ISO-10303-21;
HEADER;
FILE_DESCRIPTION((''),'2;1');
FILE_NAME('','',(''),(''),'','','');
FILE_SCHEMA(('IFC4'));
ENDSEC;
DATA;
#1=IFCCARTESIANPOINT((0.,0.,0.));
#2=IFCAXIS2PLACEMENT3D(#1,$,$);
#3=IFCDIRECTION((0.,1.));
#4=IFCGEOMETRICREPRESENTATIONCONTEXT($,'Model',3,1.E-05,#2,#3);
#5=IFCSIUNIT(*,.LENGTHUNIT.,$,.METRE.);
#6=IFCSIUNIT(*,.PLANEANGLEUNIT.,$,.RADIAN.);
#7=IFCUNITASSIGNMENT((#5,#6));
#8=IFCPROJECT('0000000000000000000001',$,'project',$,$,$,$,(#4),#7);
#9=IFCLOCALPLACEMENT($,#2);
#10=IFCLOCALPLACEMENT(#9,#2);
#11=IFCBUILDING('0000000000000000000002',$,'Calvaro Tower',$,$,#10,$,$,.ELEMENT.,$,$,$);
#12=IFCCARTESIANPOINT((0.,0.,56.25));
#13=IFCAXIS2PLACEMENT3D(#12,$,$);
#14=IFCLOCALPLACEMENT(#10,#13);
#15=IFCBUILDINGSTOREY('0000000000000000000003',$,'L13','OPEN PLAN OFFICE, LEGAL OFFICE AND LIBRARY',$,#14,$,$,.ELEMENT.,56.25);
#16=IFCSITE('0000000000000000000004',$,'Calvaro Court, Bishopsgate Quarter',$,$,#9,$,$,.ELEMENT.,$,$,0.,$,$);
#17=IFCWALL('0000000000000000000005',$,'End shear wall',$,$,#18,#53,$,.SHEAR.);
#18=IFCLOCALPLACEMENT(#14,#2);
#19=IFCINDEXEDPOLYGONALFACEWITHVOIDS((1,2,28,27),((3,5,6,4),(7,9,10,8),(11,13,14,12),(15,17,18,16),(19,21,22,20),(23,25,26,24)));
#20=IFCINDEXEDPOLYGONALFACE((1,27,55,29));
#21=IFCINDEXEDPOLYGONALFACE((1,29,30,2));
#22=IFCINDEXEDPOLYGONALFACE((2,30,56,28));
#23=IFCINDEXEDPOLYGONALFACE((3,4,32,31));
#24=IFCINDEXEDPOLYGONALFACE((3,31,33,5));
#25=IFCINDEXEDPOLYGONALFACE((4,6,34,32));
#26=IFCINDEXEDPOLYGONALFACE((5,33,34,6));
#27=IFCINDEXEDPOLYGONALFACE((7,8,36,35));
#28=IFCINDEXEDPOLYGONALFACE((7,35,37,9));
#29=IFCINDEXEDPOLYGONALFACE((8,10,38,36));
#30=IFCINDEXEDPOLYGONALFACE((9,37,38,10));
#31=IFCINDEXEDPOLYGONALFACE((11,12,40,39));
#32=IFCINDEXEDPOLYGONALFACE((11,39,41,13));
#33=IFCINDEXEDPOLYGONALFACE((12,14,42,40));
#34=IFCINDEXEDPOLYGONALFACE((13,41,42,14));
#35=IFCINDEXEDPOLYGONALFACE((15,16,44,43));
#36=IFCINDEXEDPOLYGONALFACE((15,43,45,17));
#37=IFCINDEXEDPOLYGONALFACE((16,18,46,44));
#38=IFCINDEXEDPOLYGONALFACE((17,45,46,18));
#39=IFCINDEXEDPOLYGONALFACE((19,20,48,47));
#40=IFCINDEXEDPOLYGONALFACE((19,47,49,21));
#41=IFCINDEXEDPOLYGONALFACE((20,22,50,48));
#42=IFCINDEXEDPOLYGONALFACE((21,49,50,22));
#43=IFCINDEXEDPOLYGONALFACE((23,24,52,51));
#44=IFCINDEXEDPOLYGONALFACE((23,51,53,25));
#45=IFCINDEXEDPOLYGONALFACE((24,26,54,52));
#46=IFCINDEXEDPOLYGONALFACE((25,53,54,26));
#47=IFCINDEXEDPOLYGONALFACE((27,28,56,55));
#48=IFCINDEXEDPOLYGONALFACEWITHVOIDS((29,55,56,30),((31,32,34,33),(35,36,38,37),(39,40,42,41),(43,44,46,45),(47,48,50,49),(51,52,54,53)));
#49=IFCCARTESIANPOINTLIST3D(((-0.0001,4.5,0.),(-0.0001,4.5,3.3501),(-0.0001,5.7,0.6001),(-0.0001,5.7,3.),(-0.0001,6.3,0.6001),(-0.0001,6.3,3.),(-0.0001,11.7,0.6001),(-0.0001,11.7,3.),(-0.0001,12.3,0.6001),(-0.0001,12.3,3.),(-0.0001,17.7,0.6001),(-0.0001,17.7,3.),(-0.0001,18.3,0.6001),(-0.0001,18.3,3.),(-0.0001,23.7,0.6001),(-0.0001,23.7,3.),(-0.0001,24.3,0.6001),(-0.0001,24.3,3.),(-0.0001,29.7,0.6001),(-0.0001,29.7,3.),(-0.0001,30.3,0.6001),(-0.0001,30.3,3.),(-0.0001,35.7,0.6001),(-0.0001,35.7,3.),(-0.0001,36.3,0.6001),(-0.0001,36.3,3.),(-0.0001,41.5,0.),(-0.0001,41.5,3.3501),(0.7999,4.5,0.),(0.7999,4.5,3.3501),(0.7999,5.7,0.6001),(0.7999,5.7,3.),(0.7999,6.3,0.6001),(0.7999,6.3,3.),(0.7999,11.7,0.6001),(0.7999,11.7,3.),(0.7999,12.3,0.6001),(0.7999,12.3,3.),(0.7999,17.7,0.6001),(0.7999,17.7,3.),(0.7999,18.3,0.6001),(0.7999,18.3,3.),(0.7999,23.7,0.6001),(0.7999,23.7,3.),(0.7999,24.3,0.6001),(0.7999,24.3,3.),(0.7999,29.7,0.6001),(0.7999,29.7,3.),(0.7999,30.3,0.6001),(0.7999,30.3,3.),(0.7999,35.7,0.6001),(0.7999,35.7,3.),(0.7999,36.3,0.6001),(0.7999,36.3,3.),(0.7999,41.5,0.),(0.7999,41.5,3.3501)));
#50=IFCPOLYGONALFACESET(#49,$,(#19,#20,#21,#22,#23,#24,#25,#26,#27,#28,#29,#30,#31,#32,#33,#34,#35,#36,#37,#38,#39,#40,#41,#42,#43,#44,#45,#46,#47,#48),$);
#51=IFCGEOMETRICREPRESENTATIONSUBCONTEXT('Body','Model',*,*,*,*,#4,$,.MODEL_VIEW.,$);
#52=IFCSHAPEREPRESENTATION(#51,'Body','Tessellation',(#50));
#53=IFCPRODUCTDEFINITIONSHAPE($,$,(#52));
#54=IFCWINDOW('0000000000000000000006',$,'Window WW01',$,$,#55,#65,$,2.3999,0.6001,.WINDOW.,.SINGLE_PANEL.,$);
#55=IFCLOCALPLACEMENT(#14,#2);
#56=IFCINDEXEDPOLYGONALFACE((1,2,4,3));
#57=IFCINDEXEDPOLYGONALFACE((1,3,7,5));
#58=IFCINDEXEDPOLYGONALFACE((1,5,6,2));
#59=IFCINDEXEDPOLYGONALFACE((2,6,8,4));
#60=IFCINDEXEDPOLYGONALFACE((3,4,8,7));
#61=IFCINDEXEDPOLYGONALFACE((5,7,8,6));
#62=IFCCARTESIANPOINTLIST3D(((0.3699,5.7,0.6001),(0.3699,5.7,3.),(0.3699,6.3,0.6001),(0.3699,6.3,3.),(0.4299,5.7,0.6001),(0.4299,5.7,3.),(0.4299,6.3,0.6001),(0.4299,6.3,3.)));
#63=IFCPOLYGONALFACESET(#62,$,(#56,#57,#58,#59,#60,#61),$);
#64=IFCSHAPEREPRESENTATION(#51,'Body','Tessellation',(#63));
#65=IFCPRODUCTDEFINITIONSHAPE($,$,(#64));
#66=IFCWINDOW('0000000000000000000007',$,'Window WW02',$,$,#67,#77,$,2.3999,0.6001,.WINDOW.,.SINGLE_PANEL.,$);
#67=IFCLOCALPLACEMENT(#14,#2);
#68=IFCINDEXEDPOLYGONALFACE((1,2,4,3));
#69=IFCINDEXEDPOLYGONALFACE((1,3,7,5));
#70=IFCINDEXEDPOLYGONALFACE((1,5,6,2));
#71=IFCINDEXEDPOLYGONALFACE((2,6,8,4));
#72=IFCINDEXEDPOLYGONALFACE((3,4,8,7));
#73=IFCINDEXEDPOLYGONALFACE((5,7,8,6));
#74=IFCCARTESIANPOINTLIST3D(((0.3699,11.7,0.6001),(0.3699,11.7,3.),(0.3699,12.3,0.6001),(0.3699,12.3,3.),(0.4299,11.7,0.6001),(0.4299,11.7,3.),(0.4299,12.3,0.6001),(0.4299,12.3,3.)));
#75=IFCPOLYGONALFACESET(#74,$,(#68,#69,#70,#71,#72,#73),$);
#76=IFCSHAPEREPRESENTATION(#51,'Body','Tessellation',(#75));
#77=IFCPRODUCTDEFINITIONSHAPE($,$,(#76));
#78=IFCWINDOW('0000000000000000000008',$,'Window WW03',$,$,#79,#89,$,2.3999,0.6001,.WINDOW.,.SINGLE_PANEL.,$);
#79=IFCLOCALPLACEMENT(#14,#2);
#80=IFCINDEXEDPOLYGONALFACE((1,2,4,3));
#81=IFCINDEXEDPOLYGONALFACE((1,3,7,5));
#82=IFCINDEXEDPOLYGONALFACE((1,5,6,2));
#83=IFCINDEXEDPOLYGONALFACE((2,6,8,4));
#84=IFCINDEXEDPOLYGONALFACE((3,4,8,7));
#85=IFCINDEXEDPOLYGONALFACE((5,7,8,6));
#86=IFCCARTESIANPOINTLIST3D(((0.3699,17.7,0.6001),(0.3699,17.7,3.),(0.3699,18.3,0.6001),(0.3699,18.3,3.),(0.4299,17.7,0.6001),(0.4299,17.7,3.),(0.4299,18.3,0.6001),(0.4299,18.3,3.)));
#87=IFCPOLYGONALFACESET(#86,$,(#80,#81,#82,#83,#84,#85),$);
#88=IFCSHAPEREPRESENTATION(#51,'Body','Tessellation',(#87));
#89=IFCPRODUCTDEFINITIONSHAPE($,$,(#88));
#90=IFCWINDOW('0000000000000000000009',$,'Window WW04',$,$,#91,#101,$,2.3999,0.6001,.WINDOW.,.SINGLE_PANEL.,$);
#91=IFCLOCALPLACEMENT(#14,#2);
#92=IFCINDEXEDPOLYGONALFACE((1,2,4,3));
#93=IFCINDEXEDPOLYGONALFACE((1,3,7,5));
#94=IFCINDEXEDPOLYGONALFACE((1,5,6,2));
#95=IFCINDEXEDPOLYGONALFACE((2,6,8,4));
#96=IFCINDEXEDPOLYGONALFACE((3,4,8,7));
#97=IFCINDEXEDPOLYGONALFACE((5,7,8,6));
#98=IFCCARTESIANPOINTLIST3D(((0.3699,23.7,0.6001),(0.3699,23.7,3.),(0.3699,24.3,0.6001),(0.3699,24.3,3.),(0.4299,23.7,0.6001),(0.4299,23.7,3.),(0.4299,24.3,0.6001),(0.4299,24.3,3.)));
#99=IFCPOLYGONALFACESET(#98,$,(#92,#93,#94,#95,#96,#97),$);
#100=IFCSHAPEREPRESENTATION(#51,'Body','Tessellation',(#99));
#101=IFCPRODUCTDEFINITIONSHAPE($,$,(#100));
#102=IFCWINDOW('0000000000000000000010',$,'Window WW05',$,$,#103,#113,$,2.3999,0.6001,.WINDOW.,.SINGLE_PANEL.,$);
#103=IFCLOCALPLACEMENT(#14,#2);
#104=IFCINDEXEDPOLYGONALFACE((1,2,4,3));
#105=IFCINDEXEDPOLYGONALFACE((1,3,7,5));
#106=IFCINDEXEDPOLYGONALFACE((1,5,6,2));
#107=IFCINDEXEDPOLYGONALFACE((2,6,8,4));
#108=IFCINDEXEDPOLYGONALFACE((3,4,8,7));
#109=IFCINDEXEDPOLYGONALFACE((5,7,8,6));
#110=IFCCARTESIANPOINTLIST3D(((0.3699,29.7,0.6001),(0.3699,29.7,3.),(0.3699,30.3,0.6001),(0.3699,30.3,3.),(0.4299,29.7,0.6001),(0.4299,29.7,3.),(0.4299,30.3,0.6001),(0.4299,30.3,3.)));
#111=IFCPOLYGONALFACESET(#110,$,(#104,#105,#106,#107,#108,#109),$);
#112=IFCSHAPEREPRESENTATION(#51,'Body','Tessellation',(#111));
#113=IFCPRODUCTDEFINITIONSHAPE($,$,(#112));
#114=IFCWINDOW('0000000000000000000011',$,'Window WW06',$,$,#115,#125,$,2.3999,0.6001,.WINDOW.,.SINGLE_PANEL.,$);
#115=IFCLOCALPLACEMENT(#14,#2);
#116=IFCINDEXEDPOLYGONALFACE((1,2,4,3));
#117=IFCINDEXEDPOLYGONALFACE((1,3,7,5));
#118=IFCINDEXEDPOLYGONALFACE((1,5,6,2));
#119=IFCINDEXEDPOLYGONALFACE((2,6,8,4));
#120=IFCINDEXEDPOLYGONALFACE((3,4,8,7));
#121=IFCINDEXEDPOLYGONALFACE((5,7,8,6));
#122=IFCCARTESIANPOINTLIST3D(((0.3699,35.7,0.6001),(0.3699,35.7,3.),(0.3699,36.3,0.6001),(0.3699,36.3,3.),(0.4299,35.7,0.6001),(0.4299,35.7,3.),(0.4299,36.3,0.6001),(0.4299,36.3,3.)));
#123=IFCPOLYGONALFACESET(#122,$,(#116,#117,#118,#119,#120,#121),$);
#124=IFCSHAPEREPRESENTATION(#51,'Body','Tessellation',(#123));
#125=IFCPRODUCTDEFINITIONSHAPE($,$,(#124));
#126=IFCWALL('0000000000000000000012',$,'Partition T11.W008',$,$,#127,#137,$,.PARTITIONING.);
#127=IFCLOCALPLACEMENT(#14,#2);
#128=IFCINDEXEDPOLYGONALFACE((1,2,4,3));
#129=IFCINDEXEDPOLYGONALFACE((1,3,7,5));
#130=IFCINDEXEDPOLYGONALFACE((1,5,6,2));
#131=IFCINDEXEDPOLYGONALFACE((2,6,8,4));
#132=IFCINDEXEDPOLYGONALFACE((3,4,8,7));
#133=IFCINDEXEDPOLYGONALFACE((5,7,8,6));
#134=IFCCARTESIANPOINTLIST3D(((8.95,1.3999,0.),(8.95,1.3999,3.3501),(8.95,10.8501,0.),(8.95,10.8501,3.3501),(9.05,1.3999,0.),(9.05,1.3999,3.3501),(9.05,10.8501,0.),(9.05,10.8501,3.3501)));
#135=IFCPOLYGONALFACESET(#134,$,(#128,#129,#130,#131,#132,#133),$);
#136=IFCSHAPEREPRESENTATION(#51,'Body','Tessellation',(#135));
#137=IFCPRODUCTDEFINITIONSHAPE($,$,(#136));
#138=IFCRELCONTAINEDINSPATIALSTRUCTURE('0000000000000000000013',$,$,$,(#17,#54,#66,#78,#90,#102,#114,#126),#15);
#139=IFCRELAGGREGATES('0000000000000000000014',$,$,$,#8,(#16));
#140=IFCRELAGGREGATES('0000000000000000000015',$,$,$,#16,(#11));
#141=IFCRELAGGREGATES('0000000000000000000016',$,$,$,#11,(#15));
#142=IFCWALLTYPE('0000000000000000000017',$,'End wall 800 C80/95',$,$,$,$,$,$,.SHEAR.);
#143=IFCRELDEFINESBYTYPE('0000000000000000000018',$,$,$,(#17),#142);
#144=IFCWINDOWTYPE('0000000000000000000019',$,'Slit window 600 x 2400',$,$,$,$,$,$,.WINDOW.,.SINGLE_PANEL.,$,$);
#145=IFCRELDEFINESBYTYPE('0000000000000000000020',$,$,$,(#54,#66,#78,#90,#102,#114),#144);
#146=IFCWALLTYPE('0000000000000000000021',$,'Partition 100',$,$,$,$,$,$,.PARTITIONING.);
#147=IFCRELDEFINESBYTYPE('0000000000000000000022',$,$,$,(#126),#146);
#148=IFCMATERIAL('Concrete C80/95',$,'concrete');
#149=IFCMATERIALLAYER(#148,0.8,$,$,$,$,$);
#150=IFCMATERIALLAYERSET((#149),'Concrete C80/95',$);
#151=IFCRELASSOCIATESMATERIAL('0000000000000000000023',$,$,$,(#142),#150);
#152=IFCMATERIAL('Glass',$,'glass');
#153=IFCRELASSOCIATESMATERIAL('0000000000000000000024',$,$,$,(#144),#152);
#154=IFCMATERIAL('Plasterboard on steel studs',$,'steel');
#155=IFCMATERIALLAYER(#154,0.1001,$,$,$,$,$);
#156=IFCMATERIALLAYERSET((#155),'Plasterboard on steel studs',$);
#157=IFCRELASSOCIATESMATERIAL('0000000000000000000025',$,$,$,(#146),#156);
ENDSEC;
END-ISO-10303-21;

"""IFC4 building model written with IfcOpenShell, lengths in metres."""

from ifc_helpers import new_model, si_unit, direction, frame, frame_2d, origin, place, context, subcontext, project, spatial, rectangle, extrude, material, layer, layer_set, type_object, element, fill, save


model = new_model("IFC4")

# Units and contexts
model_context = context("Model", 3, precision=1e-05, world=origin(), true_north=direction((0.0, 1.0)))
body_context = subcontext(model_context, "Body", "Model", "MODEL_VIEW")
ifc_project = project(units=[si_unit("LENGTHUNIT", "METRE"), si_unit("PLANEANGLEUNIT", "RADIAN")], contexts=[model_context])

# Site, building, storey
site_placement = place(None, origin())
site = spatial("IfcSite", under=ifc_project, at=site_placement, Name="Calvaro Court, Bishopsgate Quarter", CompositionType="ELEMENT", RefElevation=0.0)
building_placement = place(site_placement, origin())
building = spatial("IfcBuilding", under=site, at=building_placement, Name="Calvaro Tower", CompositionType="ELEMENT")
storey_placement = place(building_placement, frame((0.0, 0.0, 56.25)))
storey = spatial("IfcBuildingStorey", under=building, at=storey_placement, Name="L13", Description="OPEN PLAN OFFICE, LEGAL OFFICE AND LIBRARY", CompositionType="ELEMENT", Elevation=56.25)

# Wall, openings, windows
ifc_material_1 = material(Name="Concrete C80/95", Category="concrete")
ifc_layer_1 = layer(ifc_material_1, 0.8)
ifc_layer_set_1 = layer_set([ifc_layer_1], Name="Concrete C80/95")
wall_type_1 = type_object("IfcWallType", Name="End wall 800 C80/95", PredefinedType="SHEAR", material=ifc_layer_set_1)
wall_1_placement = place(storey_placement, frame((0.3999, 4.5, 0.0), z_axis=(0.0, 0.0, 1.0), x_axis=(0.0, 1.0, 0.0)))
wall_1 = element("IfcWall", 1, at=wall_1_placement, inside=storey, type_object=wall_type_1, Name="End shear wall", PredefinedType="SHEAR", context=body_context, shape_type="SweptSolid", body=[
    extrude(rectangle(XDim=37.0, YDim=0.8, at=frame_2d((18.5, 0.0))), origin(), (0.0, 0.0, 1.0), 3.3501),
])
opening_1_placement = place(wall_1_placement, frame((1.2, 0.0, 0.6001)))
opening_1 = element("IfcOpeningElement", 2, at=opening_1_placement, cuts=wall_1, PredefinedType="OPENING", context=body_context, shape_type="SweptSolid", body=[
    extrude(rectangle(XDim=0.6001, YDim=2.3999, at=frame_2d((0.3, 1.2))), frame((0.0, 0.4099, 0.0), z_axis=(0.0, -1.0, 0.0), x_axis=(1.0, 0.0, 0.0)), (0.0, 0.0, 1.0), 0.8201),
])
opening_2_placement = place(wall_1_placement, frame((7.2, 0.0, 0.6001)))
opening_2 = element("IfcOpeningElement", 3, at=opening_2_placement, cuts=wall_1, PredefinedType="OPENING", context=body_context, shape_type="SweptSolid", body=[
    extrude(rectangle(XDim=0.6001, YDim=2.3999, at=frame_2d((0.3, 1.2))), frame((0.0, 0.4099, 0.0), z_axis=(0.0, -1.0, 0.0), x_axis=(1.0, 0.0, 0.0)), (0.0, 0.0, 1.0), 0.8201),
])
opening_3_placement = place(wall_1_placement, frame((13.2, 0.0, 0.6001)))
opening_3 = element("IfcOpeningElement", 4, at=opening_3_placement, cuts=wall_1, PredefinedType="OPENING", context=body_context, shape_type="SweptSolid", body=[
    extrude(rectangle(XDim=0.6001, YDim=2.3999, at=frame_2d((0.3, 1.2))), frame((0.0, 0.4099, 0.0), z_axis=(0.0, -1.0, 0.0), x_axis=(1.0, 0.0, 0.0)), (0.0, 0.0, 1.0), 0.8201),
])
opening_4_placement = place(wall_1_placement, frame((19.2, 0.0, 0.6001)))
opening_4 = element("IfcOpeningElement", 5, at=opening_4_placement, cuts=wall_1, PredefinedType="OPENING", context=body_context, shape_type="SweptSolid", body=[
    extrude(rectangle(XDim=0.6001, YDim=2.3999, at=frame_2d((0.3, 1.2))), frame((0.0, 0.4099, 0.0), z_axis=(0.0, -1.0, 0.0), x_axis=(1.0, 0.0, 0.0)), (0.0, 0.0, 1.0), 0.8201),
])
opening_5_placement = place(wall_1_placement, frame((25.2, 0.0, 0.6001)))
opening_5 = element("IfcOpeningElement", 6, at=opening_5_placement, cuts=wall_1, PredefinedType="OPENING", context=body_context, shape_type="SweptSolid", body=[
    extrude(rectangle(XDim=0.6001, YDim=2.3999, at=frame_2d((0.3, 1.2))), frame((0.0, 0.4099, 0.0), z_axis=(0.0, -1.0, 0.0), x_axis=(1.0, 0.0, 0.0)), (0.0, 0.0, 1.0), 0.8201),
])
opening_6_placement = place(wall_1_placement, frame((31.2, 0.0, 0.6001)))
opening_6 = element("IfcOpeningElement", 7, at=opening_6_placement, cuts=wall_1, PredefinedType="OPENING", context=body_context, shape_type="SweptSolid", body=[
    extrude(rectangle(XDim=0.6001, YDim=2.3999, at=frame_2d((0.3, 1.2))), frame((0.0, 0.4099, 0.0), z_axis=(0.0, -1.0, 0.0), x_axis=(1.0, 0.0, 0.0)), (0.0, 0.0, 1.0), 0.8201),
])
ifc_material_2 = material(Name="Glass", Category="glass")
window_type = type_object("IfcWindowType", Name="Slit window 600 x 2400", PartitioningType="SINGLE_PANEL", PredefinedType="WINDOW", material=ifc_material_2)
window_1_placement = place(opening_1_placement, origin())
window_1 = element("IfcWindow", 8, at=window_1_placement, inside=storey, type_object=window_type, Name="Window WW01", OverallHeight=2.3999, OverallWidth=0.6001, PartitioningType="SINGLE_PANEL", PredefinedType="WINDOW", context=body_context, shape_type="SweptSolid", body=[
    extrude(rectangle(XDim=0.6001, YDim=2.3999, at=frame_2d((0.3, 1.2))), frame((0.0, 0.03, 0.0), z_axis=(0.0, -1.0, 0.0), x_axis=(1.0, 0.0, 0.0)), (0.0, 0.0, 1.0), 0.0601),
])
fill(opening_1, window_1)
window_2_placement = place(opening_2_placement, origin())
window_2 = element("IfcWindow", 9, at=window_2_placement, inside=storey, type_object=window_type, Name="Window WW02", OverallHeight=2.3999, OverallWidth=0.6001, PartitioningType="SINGLE_PANEL", PredefinedType="WINDOW", context=body_context, shape_type="SweptSolid", body=[
    extrude(rectangle(XDim=0.6001, YDim=2.3999, at=frame_2d((0.3, 1.2))), frame((0.0, 0.03, 0.0), z_axis=(0.0, -1.0, 0.0), x_axis=(1.0, 0.0, 0.0)), (0.0, 0.0, 1.0), 0.0601),
])
fill(opening_2, window_2)
window_3_placement = place(opening_3_placement, origin())
window_3 = element("IfcWindow", 10, at=window_3_placement, inside=storey, type_object=window_type, Name="Window WW03", OverallHeight=2.3999, OverallWidth=0.6001, PartitioningType="SINGLE_PANEL", PredefinedType="WINDOW", context=body_context, shape_type="SweptSolid", body=[
    extrude(rectangle(XDim=0.6001, YDim=2.3999, at=frame_2d((0.3, 1.2))), frame((0.0, 0.03, 0.0), z_axis=(0.0, -1.0, 0.0), x_axis=(1.0, 0.0, 0.0)), (0.0, 0.0, 1.0), 0.0601),
])
fill(opening_3, window_3)
window_4_placement = place(opening_4_placement, origin())
window_4 = element("IfcWindow", 11, at=window_4_placement, inside=storey, type_object=window_type, Name="Window WW04", OverallHeight=2.3999, OverallWidth=0.6001, PartitioningType="SINGLE_PANEL", PredefinedType="WINDOW", context=body_context, shape_type="SweptSolid", body=[
    extrude(rectangle(XDim=0.6001, YDim=2.3999, at=frame_2d((0.3, 1.2))), frame((0.0, 0.03, 0.0), z_axis=(0.0, -1.0, 0.0), x_axis=(1.0, 0.0, 0.0)), (0.0, 0.0, 1.0), 0.0601),
])
fill(opening_4, window_4)
window_5_placement = place(opening_5_placement, origin())
window_5 = element("IfcWindow", 12, at=window_5_placement, inside=storey, type_object=window_type, Name="Window WW05", OverallHeight=2.3999, OverallWidth=0.6001, PartitioningType="SINGLE_PANEL", PredefinedType="WINDOW", context=body_context, shape_type="SweptSolid", body=[
    extrude(rectangle(XDim=0.6001, YDim=2.3999, at=frame_2d((0.3, 1.2))), frame((0.0, 0.03, 0.0), z_axis=(0.0, -1.0, 0.0), x_axis=(1.0, 0.0, 0.0)), (0.0, 0.0, 1.0), 0.0601),
])
fill(opening_5, window_5)
window_6_placement = place(opening_6_placement, origin())
window_6 = element("IfcWindow", 13, at=window_6_placement, inside=storey, type_object=window_type, Name="Window WW06", OverallHeight=2.3999, OverallWidth=0.6001, PartitioningType="SINGLE_PANEL", PredefinedType="WINDOW", context=body_context, shape_type="SweptSolid", body=[
    extrude(rectangle(XDim=0.6001, YDim=2.3999, at=frame_2d((0.3, 1.2))), frame((0.0, 0.03, 0.0), z_axis=(0.0, -1.0, 0.0), x_axis=(1.0, 0.0, 0.0)), (0.0, 0.0, 1.0), 0.0601),
])
fill(opening_6, window_6)

# Wall
ifc_material_3 = material(Name="Plasterboard on steel studs", Category="steel")
ifc_layer_2 = layer(ifc_material_3, 0.1001)
ifc_layer_set_2 = layer_set([ifc_layer_2], Name="Plasterboard on steel studs")
wall_type_2 = type_object("IfcWallType", Name="Partition 100", PredefinedType="PARTITIONING", material=ifc_layer_set_2)
wall_2_placement = place(storey_placement, frame((9.0, 1.3999, 0.0), z_axis=(0.0, 0.0, 1.0), x_axis=(0.0, 1.0, 0.0)))
element("IfcWall", 14, at=wall_2_placement, inside=storey, type_object=wall_type_2, Name="Partition T11.W008", PredefinedType="PARTITIONING", context=body_context, shape_type="SweptSolid", body=[
    extrude(rectangle(XDim=9.4502, YDim=0.1001, at=frame_2d((4.7251, 0.0))), origin(), (0.0, 0.0, 1.0), 3.3501),
])

save(model, "model.ifc")
